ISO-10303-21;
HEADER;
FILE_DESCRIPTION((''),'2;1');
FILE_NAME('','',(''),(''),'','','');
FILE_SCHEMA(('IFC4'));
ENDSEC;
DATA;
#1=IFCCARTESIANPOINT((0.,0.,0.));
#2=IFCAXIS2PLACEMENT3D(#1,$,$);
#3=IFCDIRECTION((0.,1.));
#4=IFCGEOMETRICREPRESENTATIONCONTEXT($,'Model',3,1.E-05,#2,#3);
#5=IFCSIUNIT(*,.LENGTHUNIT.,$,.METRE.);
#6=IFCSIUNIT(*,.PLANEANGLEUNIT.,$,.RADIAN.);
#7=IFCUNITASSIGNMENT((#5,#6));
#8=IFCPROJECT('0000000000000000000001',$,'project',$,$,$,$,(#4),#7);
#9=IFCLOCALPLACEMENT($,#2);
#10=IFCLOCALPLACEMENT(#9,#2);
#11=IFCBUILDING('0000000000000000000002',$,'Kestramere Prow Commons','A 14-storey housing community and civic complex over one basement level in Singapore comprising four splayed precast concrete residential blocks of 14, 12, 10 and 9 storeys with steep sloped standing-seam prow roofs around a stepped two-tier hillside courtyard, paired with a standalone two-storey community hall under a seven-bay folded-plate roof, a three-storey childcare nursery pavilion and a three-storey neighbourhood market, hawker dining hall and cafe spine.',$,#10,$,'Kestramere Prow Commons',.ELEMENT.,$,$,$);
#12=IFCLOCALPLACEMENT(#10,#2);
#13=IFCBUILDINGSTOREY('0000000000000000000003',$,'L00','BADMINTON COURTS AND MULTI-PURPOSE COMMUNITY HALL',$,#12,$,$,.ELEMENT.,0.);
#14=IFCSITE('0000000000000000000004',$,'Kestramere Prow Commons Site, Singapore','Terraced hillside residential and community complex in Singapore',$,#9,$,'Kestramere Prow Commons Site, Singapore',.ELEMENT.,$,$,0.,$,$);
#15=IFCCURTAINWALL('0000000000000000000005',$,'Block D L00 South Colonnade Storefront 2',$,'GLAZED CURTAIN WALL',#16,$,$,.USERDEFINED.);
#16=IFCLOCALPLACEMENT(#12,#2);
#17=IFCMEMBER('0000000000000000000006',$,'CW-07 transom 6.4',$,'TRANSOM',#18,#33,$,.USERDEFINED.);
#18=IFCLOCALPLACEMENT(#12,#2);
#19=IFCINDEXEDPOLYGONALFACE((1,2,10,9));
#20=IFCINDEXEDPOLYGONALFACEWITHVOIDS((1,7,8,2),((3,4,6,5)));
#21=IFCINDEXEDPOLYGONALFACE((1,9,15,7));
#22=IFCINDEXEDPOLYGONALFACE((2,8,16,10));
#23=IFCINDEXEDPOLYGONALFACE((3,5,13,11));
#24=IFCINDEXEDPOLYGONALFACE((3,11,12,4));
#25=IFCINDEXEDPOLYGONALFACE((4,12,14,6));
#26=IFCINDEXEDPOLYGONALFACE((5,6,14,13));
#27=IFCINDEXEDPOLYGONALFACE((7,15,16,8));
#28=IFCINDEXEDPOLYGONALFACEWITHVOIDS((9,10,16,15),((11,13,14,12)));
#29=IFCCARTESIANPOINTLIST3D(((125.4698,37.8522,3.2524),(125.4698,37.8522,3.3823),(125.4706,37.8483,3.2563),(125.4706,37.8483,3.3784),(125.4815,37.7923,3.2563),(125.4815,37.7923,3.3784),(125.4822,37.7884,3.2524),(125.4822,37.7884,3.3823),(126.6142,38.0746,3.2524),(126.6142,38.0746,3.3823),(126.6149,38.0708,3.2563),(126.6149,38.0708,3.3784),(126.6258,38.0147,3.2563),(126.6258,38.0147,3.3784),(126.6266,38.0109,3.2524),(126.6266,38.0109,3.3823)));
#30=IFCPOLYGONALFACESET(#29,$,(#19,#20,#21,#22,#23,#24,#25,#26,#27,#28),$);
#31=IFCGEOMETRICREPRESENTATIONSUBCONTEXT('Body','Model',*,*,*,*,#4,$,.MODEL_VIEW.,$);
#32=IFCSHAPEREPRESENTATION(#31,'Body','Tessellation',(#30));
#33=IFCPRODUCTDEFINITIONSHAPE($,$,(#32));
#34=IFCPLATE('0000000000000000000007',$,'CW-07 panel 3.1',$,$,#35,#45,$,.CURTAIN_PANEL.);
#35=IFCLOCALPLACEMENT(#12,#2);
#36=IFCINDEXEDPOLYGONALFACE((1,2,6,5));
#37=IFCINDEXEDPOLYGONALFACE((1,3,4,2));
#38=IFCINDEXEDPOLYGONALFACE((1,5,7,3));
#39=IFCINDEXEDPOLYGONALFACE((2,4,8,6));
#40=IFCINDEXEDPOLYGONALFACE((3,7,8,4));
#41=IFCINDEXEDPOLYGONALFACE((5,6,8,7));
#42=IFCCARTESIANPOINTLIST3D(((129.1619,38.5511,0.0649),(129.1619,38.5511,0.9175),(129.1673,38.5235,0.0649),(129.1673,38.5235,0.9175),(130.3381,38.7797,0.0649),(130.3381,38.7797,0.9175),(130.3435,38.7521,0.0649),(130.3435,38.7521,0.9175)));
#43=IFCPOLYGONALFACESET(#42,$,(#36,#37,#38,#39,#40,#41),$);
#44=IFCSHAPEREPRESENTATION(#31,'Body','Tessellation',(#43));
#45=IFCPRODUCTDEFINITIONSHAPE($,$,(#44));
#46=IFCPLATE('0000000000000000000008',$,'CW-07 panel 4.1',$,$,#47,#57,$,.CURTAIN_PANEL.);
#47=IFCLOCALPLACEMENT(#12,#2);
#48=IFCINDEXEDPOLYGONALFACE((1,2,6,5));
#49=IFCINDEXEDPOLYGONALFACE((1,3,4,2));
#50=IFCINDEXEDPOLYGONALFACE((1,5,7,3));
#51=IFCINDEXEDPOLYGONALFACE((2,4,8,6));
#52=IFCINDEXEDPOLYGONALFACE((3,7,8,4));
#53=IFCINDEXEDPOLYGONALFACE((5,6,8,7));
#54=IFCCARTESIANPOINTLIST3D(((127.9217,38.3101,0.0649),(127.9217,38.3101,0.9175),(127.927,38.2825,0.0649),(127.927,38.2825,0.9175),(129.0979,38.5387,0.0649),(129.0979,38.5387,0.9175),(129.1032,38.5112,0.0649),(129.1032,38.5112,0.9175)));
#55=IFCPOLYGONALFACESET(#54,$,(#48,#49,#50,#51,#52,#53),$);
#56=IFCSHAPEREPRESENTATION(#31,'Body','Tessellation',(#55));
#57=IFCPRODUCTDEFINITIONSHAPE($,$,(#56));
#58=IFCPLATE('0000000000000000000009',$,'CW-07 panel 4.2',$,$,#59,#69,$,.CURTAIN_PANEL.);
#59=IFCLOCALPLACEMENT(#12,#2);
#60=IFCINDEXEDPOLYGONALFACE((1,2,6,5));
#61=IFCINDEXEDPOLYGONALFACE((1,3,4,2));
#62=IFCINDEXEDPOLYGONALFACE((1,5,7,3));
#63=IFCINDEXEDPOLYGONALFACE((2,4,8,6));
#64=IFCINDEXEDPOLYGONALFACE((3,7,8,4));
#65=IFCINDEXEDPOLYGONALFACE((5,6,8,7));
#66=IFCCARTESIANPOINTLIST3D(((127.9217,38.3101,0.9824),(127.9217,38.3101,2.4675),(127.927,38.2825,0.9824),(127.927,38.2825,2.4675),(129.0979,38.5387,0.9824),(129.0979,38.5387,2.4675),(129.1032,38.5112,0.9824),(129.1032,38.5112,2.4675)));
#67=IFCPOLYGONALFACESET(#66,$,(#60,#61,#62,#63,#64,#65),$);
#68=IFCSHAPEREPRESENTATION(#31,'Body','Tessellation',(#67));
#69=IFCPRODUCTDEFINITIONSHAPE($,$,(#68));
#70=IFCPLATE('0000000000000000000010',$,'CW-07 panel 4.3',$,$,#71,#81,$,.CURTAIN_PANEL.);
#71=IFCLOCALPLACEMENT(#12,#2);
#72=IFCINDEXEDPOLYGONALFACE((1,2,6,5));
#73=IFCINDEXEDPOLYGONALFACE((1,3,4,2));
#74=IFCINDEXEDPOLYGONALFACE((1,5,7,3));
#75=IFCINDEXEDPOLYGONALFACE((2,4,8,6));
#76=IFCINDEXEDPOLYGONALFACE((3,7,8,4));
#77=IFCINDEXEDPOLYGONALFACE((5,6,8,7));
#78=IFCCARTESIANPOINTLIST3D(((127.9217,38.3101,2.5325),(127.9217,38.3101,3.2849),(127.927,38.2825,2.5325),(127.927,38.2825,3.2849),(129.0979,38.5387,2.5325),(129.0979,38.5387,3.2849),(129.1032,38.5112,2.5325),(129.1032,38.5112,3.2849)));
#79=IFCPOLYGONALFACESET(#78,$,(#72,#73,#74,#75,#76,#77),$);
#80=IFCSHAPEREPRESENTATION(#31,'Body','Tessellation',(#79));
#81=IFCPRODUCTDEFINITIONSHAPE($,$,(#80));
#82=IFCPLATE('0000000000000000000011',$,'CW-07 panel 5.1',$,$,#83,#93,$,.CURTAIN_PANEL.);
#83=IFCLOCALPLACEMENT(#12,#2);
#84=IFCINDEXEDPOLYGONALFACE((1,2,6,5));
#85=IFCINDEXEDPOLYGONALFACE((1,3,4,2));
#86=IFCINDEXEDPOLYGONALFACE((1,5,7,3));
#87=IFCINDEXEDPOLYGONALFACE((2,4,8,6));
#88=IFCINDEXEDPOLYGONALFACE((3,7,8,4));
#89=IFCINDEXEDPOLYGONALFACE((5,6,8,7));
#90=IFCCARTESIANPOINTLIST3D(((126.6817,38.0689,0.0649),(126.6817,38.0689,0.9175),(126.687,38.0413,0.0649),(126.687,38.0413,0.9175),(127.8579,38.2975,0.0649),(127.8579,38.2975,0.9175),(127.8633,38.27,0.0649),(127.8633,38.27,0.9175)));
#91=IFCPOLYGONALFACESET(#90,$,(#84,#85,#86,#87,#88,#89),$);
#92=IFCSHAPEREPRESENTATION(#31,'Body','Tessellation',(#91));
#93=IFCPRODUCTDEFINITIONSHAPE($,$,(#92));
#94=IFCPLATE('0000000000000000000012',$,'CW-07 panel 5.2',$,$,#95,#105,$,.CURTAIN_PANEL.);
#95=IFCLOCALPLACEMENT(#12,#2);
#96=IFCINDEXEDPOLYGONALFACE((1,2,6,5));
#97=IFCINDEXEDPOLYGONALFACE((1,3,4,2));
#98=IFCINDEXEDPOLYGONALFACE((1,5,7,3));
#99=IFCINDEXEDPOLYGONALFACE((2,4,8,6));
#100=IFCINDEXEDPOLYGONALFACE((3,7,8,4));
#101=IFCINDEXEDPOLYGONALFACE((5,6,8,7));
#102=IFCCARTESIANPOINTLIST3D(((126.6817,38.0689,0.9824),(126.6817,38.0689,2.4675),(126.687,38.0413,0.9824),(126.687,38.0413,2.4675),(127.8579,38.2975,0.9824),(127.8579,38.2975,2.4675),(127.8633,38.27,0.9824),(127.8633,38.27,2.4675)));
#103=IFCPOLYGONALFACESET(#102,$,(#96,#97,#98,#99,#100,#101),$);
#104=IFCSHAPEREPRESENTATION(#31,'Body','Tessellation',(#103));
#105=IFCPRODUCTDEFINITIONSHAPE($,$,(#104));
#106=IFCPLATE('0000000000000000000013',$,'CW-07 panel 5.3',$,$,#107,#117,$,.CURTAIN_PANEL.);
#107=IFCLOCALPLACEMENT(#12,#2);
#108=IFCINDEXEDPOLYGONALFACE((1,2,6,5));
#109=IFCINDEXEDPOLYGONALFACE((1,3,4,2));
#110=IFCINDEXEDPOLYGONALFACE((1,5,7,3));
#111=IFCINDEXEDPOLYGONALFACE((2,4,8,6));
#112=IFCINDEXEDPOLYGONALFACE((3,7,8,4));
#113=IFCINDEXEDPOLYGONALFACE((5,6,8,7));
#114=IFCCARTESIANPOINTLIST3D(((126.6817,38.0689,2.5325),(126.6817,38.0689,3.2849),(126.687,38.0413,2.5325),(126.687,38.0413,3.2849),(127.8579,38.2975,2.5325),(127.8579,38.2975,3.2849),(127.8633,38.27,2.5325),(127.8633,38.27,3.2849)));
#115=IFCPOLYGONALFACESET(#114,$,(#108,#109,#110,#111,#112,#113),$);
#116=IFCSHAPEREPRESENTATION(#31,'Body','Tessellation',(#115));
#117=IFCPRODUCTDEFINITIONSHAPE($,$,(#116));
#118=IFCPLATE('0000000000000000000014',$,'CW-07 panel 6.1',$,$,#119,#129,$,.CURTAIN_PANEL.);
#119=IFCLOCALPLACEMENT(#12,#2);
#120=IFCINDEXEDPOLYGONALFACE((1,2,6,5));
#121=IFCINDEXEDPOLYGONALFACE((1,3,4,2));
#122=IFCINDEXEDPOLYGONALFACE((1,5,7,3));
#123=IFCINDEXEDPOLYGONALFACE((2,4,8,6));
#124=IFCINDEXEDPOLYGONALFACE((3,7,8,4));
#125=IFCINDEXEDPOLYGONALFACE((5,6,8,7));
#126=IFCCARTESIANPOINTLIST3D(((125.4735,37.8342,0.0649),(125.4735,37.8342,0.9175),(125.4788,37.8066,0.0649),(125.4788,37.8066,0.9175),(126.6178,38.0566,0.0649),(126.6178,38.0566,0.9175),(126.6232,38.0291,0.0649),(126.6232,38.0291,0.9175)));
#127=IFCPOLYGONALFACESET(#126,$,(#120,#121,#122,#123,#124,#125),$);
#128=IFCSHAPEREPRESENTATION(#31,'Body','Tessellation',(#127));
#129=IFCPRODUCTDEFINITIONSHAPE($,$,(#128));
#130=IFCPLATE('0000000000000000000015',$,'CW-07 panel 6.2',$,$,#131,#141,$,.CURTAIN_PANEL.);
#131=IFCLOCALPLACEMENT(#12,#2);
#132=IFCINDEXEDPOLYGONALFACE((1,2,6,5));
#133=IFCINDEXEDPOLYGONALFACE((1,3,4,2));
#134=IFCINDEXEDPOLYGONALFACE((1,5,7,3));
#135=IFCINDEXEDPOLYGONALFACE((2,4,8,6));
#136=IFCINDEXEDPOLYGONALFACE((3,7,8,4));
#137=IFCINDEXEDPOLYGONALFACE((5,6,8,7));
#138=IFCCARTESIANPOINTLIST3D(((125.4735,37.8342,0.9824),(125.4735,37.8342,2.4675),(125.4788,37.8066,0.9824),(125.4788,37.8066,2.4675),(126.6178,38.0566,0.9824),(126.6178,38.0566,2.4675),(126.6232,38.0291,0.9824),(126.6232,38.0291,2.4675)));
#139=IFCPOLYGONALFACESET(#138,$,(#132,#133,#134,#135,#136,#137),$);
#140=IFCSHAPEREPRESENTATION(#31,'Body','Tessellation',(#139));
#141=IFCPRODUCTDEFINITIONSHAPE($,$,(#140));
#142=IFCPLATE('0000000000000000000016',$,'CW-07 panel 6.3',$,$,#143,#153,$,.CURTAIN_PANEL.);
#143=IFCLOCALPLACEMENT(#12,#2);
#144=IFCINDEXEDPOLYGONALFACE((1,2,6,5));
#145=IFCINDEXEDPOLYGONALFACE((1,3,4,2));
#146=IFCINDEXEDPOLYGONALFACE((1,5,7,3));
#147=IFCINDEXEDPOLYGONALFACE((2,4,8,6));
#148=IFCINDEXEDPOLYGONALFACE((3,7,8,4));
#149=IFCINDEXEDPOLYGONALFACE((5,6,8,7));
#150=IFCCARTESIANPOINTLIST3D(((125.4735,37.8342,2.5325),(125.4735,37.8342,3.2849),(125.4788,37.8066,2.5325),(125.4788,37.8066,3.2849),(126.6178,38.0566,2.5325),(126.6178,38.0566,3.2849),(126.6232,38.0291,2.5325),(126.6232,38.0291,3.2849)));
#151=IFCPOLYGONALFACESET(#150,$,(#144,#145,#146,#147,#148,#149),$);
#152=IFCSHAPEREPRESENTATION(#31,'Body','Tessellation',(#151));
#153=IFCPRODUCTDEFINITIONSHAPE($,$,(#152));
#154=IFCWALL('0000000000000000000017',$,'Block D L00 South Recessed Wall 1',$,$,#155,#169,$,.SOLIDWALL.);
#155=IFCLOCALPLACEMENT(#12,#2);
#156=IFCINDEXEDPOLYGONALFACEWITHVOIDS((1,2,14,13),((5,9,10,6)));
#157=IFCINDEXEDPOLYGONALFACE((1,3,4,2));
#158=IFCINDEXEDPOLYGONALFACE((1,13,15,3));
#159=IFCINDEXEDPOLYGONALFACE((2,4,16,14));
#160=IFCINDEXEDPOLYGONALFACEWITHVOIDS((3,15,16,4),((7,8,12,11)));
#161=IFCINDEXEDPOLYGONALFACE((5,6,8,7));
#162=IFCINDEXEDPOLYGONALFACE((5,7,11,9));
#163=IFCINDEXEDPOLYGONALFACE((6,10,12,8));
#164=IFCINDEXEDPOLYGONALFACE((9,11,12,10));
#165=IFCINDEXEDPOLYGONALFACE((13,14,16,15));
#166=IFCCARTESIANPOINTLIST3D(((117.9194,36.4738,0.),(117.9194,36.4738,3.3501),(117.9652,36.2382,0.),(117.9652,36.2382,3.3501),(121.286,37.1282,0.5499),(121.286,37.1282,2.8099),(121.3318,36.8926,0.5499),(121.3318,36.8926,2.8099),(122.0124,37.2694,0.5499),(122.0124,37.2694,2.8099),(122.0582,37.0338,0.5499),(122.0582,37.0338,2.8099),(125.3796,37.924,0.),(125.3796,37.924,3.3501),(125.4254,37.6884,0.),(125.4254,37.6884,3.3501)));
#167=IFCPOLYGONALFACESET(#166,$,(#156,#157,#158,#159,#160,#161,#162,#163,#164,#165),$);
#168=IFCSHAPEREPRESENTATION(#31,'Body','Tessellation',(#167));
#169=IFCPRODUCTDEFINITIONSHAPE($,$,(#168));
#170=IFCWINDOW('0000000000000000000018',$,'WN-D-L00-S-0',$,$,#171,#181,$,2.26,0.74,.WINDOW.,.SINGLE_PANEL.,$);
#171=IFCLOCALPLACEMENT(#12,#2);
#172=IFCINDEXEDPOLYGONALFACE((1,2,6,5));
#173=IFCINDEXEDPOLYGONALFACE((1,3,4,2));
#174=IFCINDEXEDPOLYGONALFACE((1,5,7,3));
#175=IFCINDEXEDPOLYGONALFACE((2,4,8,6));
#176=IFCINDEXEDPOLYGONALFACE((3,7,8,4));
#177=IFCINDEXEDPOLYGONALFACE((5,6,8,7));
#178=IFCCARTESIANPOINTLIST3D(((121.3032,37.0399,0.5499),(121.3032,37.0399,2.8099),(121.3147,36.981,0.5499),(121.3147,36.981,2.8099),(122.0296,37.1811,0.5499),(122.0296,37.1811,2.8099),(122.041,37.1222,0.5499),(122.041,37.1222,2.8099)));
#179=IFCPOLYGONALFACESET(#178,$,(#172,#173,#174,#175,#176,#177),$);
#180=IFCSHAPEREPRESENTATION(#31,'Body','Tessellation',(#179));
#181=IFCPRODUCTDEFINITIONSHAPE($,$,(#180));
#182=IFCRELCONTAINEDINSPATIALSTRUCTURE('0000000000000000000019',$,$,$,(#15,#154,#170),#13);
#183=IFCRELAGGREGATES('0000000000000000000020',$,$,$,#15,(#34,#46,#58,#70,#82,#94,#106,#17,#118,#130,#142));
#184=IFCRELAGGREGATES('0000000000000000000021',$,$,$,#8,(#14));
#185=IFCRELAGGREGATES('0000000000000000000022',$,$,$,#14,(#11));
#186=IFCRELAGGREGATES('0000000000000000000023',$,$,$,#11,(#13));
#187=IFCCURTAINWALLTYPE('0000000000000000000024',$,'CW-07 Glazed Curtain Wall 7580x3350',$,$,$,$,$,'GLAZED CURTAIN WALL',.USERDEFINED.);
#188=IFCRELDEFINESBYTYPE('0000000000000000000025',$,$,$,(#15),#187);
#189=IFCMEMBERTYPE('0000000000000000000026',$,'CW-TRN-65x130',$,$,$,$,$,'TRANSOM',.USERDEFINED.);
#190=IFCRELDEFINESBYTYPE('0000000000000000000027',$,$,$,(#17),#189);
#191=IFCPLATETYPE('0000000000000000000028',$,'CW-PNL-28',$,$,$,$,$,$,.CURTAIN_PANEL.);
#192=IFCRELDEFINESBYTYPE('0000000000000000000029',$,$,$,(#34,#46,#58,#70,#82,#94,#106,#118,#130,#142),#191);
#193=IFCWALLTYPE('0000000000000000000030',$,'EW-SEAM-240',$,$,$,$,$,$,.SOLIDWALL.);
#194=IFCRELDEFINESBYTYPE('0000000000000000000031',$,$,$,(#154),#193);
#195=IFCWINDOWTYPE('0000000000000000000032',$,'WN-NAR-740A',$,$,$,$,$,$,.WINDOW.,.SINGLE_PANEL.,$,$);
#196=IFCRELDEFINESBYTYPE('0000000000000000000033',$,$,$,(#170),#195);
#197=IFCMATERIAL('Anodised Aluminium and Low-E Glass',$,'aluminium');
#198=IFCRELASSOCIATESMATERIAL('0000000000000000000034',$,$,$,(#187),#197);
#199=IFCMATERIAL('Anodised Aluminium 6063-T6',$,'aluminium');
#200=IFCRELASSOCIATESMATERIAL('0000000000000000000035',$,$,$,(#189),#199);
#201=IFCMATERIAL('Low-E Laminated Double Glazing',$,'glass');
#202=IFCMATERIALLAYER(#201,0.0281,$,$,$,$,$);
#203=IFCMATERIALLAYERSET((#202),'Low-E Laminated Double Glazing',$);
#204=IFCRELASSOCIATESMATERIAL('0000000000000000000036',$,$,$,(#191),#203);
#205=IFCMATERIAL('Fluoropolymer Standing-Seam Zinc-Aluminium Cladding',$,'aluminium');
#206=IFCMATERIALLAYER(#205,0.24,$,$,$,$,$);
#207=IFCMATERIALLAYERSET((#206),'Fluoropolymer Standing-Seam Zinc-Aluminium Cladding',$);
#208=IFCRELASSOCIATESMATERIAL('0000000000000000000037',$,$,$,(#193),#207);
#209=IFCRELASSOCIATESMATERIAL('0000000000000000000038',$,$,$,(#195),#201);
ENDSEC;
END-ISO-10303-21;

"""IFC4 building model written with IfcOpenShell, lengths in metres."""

from ifc_helpers import new_model, si_unit, direction, frame, frame_2d, origin, origin_2d, place, context, subcontext, project, spatial, rectangle, hollow_rectangle, extrude, material, layer, layer_set, material_profile, profile_set, type_object, element, fill, aggregate, save


model = new_model("IFC4")

# Units and contexts
model_context = context("Model", 3, precision=1e-05, world=origin(), true_north=direction((0.0, 1.0)))
body_context = subcontext(model_context, "Body", "Model", "MODEL_VIEW")
ifc_project = project(units=[si_unit("LENGTHUNIT", "METRE"), si_unit("PLANEANGLEUNIT", "RADIAN")], contexts=[model_context])

# Site, building, storey
site_placement = place(None, origin())
site = spatial("IfcSite", under=ifc_project, at=site_placement, Name="Kestramere Prow Commons Site, Singapore", Description="Terraced hillside residential and community complex in Singapore", LongName="Kestramere Prow Commons Site, Singapore", CompositionType="ELEMENT", RefElevation=0.0)
building_placement = place(site_placement, origin())
building = spatial("IfcBuilding", under=site, at=building_placement, Name="Kestramere Prow Commons", Description="A 14-storey housing community and civic complex over one basement level in Singapore comprising four splayed precast concrete residential blocks of 14, 12, 10 and 9 storeys with steep sloped standing-seam prow roofs around a stepped two-tier hillside courtyard, paired with a standalone two-storey community hall under a seven-bay folded-plate roof, a three-storey childcare nursery pavilion and a three-storey neighbourhood market, hawker dining hall and cafe spine.", LongName="Kestramere Prow Commons", CompositionType="ELEMENT")
storey_placement = place(building_placement, origin())
storey = spatial("IfcBuildingStorey", under=building, at=storey_placement, Name="L00", Description="BADMINTON COURTS AND MULTI-PURPOSE COMMUNITY HALL", CompositionType="ELEMENT", Elevation=0.0)

# Curtain wall, member, plates
ifc_material_1 = material(Name="Anodised Aluminium and Low-E Glass", Category="aluminium")
curtain_wall_type = type_object("IfcCurtainWallType", Name="CW-07 Glazed Curtain Wall 7580x3350", ElementType="GLAZED CURTAIN WALL", PredefinedType="USERDEFINED", material=ifc_material_1)
curtain_wall_placement = place(storey_placement, origin())
curtain_wall = element("IfcCurtainWall", 1, at=curtain_wall_placement, inside=storey, type_object=curtain_wall_type, Name="Block D L00 South Colonnade Storefront 2", ObjectType="GLAZED CURTAIN WALL", PredefinedType="USERDEFINED")
ifc_material_2 = material(Name="Anodised Aluminium 6063-T6", Category="aluminium")
ifc_material_profile_1 = material_profile(ifc_material_2, hollow_rectangle(XDim=0.0649, YDim=0.1299, WallThickness=0.0039, at=origin_2d()), Name="ALU-TRN 65x130")
ifc_profile_set_1 = profile_set([ifc_material_profile_1], Name="Anodised Aluminium 6063-T6")
member_type_1 = type_object("IfcMemberType", Name="CW-TRN-65x130", ElementType="TRANSOM", PredefinedType="USERDEFINED", material=ifc_profile_set_1)
member_1_placement = place(storey_placement, frame((126.6204, 38.0427, 3.3174), z_axis=(-0.98163, -0.190797, 0.0), x_axis=(0.190797, -0.98163, 0.0)))
member_1 = element("IfcMember", 2, at=member_1_placement, type_object=member_type_1, Name="CW-07 transom 6.4", ObjectType="TRANSOM", PredefinedType="USERDEFINED", context=body_context, shape_type="SweptSolid", body=[
    extrude(hollow_rectangle(XDim=0.0649, YDim=0.1299, WallThickness=0.0039, at=origin_2d()), origin(), (0.0, 0.0, 1.0), 1.1658),
])
ifc_material_3 = material(Name="Low-E Laminated Double Glazing", Category="glass")
ifc_layer_1 = layer(ifc_material_3, 0.0281)
ifc_layer_set_1 = layer_set([ifc_layer_1], Name="Low-E Laminated Double Glazing")
plate_type = type_object("IfcPlateType", Name="CW-PNL-28", PredefinedType="CURTAIN_PANEL", material=ifc_layer_set_1)
plate_1_placement = place(storey_placement, frame((129.7527, 38.6516, 0.0649), z_axis=(0.0, 0.0, 1.0), x_axis=(-0.981627, -0.190809, 0.0)))
plate_1 = element("IfcPlate", 3, at=plate_1_placement, type_object=plate_type, Name="CW-07 panel 3.1", PredefinedType="CURTAIN_PANEL", context=body_context, shape_type="SweptSolid", body=[
    extrude(rectangle(XDim=1.1982, YDim=0.0281, at=origin_2d()), origin(), (0.0, 0.0, 1.0), 0.8525),
])
plate_2_placement = place(storey_placement, frame((128.5125, 38.4106, 0.0649), z_axis=(0.0, 0.0, 1.0), x_axis=(-0.981627, -0.190809, 0.0)))
plate_2 = element("IfcPlate", 4, at=plate_2_placement, type_object=plate_type, Name="CW-07 panel 4.1", PredefinedType="CURTAIN_PANEL", context=body_context, shape_type="SweptSolid", body=[
    extrude(rectangle(XDim=1.1982, YDim=0.0281, at=origin_2d()), origin(), (0.0, 0.0, 1.0), 0.8525),
])
plate_3_placement = place(storey_placement, frame((128.5125, 38.4106, 0.9824), z_axis=(0.0, 0.0, 1.0), x_axis=(-0.981627, -0.190809, 0.0)))
plate_3 = element("IfcPlate", 5, at=plate_3_placement, type_object=plate_type, Name="CW-07 panel 4.2", PredefinedType="CURTAIN_PANEL", context=body_context, shape_type="SweptSolid", body=[
    extrude(rectangle(XDim=1.1982, YDim=0.0281, at=origin_2d()), origin(), (0.0, 0.0, 1.0), 1.4851),
])
plate_4_placement = place(storey_placement, frame((128.5125, 38.4106, 2.5325), z_axis=(0.0, 0.0, 1.0), x_axis=(-0.981627, -0.190809, 0.0)))
plate_4 = element("IfcPlate", 6, at=plate_4_placement, type_object=plate_type, Name="CW-07 panel 4.3", PredefinedType="CURTAIN_PANEL", context=body_context, shape_type="SweptSolid", body=[
    extrude(rectangle(XDim=1.1982, YDim=0.0281, at=origin_2d()), origin(), (0.0, 0.0, 1.0), 0.7524),
])
plate_5_placement = place(storey_placement, frame((127.2725, 38.1694, 0.0649), z_axis=(0.0, 0.0, 1.0), x_axis=(-0.981627, -0.190809, 0.0)))
plate_5 = element("IfcPlate", 7, at=plate_5_placement, type_object=plate_type, Name="CW-07 panel 5.1", PredefinedType="CURTAIN_PANEL", context=body_context, shape_type="SweptSolid", body=[
    extrude(rectangle(XDim=1.1982, YDim=0.0281, at=origin_2d()), origin(), (0.0, 0.0, 1.0), 0.8525),
])
plate_6_placement = place(storey_placement, frame((127.2725, 38.1694, 0.9824), z_axis=(0.0, 0.0, 1.0), x_axis=(-0.981627, -0.190809, 0.0)))
plate_6 = element("IfcPlate", 8, at=plate_6_placement, type_object=plate_type, Name="CW-07 panel 5.2", PredefinedType="CURTAIN_PANEL", context=body_context, shape_type="SweptSolid", body=[
    extrude(rectangle(XDim=1.1982, YDim=0.0281, at=origin_2d()), origin(), (0.0, 0.0, 1.0), 1.4851),
])
plate_7_placement = place(storey_placement, frame((127.2725, 38.1694, 2.5325), z_axis=(0.0, 0.0, 1.0), x_axis=(-0.981627, -0.190809, 0.0)))
plate_7 = element("IfcPlate", 9, at=plate_7_placement, type_object=plate_type, Name="CW-07 panel 5.3", PredefinedType="CURTAIN_PANEL", context=body_context, shape_type="SweptSolid", body=[
    extrude(rectangle(XDim=1.1982, YDim=0.0281, at=origin_2d()), origin(), (0.0, 0.0, 1.0), 0.7524),
])
plate_8_placement = place(storey_placement, frame((126.0483, 37.9316, 0.0649), z_axis=(0.0, 0.0, 1.0), x_axis=(-0.981627, -0.190809, 0.0)))
plate_8 = element("IfcPlate", 10, at=plate_8_placement, type_object=plate_type, Name="CW-07 panel 6.1", PredefinedType="CURTAIN_PANEL", context=body_context, shape_type="SweptSolid", body=[
    extrude(rectangle(XDim=1.1658, YDim=0.0281, at=origin_2d()), origin(), (0.0, 0.0, 1.0), 0.8525),
])
plate_9_placement = place(storey_placement, frame((126.0483, 37.9316, 0.9824), z_axis=(0.0, 0.0, 1.0), x_axis=(-0.981627, -0.190809, 0.0)))
plate_9 = element("IfcPlate", 11, at=plate_9_placement, type_object=plate_type, Name="CW-07 panel 6.2", PredefinedType="CURTAIN_PANEL", context=body_context, shape_type="SweptSolid", body=[
    extrude(rectangle(XDim=1.1658, YDim=0.0281, at=origin_2d()), origin(), (0.0, 0.0, 1.0), 1.4851),
])
plate_10_placement = place(storey_placement, frame((126.0483, 37.9316, 2.5325), z_axis=(0.0, 0.0, 1.0), x_axis=(-0.981627, -0.190809, 0.0)))
plate_10 = element("IfcPlate", 12, at=plate_10_placement, type_object=plate_type, Name="CW-07 panel 6.3", PredefinedType="CURTAIN_PANEL", context=body_context, shape_type="SweptSolid", body=[
    extrude(rectangle(XDim=1.1658, YDim=0.0281, at=origin_2d()), origin(), (0.0, 0.0, 1.0), 0.7524),
])
aggregate(curtain_wall, [plate_1, plate_2, plate_3, plate_4, plate_5, plate_6, plate_7, member_1, plate_8, plate_9, plate_10])

# Wall, opening, window
ifc_material_4 = material(Name="Fluoropolymer Standing-Seam Zinc-Aluminium Cladding", Category="aluminium")
ifc_layer_2 = layer(ifc_material_4, 0.24)
ifc_layer_set_2 = layer_set([ifc_layer_2], Name="Fluoropolymer Standing-Seam Zinc-Aluminium Cladding")
wall_type_1 = type_object("IfcWallType", Name="EW-SEAM-240", PredefinedType="SOLIDWALL", material=ifc_layer_set_2)
wall_1_placement = place(storey_placement, frame((125.4023, 37.8062, 0.0), z_axis=(0.0, 0.0, 1.0), x_axis=(-0.981625, -0.190819, 0.0)))
wall_1 = element("IfcWall", 13, at=wall_1_placement, inside=storey, type_object=wall_type_1, Name="Block D L00 South Recessed Wall 1", PredefinedType="SOLIDWALL", context=body_context, shape_type="SweptSolid", body=[
    extrude(rectangle(XDim=7.5999, YDim=0.24, at=frame_2d((3.7998, 0.0))), origin(), (0.0, 0.0, 1.0), 3.3501),
])
opening_placement = place(wall_1_placement, frame((3.4299, 0.0, 0.55)))
opening = element("IfcOpeningElement", 14, at=opening_placement, cuts=wall_1, PredefinedType="OPENING", context=body_context, shape_type="SweptSolid", body=[
    extrude(rectangle(XDim=0.74, YDim=2.26, at=frame_2d((0.3701, 1.1299))), frame((0.0, 0.135, 0.0), z_axis=(0.0, -1.0, 0.0), x_axis=(1.0, 0.0, 0.0)), (0.0, 0.0, 1.0), 0.27),
])
window_type = type_object("IfcWindowType", Name="WN-NAR-740A", PartitioningType="SINGLE_PANEL", PredefinedType="WINDOW", material=ifc_material_3)
window_placement = place(opening_placement, origin())
window = element("IfcWindow", 15, at=window_placement, inside=storey, type_object=window_type, Name="WN-D-L00-S-0", OverallHeight=2.26, OverallWidth=0.74, PartitioningType="SINGLE_PANEL", PredefinedType="WINDOW", context=body_context, shape_type="SweptSolid", body=[
    extrude(rectangle(XDim=0.74, YDim=2.26, at=frame_2d((0.3701, 1.1299))), frame((0.0, 0.03, 0.0), z_axis=(0.0, -1.0, 0.0), x_axis=(1.0, 0.0, 0.0)), (0.0, 0.0, 1.0), 0.0601),
])
fill(opening, window)

save(model, "model.ifc")
